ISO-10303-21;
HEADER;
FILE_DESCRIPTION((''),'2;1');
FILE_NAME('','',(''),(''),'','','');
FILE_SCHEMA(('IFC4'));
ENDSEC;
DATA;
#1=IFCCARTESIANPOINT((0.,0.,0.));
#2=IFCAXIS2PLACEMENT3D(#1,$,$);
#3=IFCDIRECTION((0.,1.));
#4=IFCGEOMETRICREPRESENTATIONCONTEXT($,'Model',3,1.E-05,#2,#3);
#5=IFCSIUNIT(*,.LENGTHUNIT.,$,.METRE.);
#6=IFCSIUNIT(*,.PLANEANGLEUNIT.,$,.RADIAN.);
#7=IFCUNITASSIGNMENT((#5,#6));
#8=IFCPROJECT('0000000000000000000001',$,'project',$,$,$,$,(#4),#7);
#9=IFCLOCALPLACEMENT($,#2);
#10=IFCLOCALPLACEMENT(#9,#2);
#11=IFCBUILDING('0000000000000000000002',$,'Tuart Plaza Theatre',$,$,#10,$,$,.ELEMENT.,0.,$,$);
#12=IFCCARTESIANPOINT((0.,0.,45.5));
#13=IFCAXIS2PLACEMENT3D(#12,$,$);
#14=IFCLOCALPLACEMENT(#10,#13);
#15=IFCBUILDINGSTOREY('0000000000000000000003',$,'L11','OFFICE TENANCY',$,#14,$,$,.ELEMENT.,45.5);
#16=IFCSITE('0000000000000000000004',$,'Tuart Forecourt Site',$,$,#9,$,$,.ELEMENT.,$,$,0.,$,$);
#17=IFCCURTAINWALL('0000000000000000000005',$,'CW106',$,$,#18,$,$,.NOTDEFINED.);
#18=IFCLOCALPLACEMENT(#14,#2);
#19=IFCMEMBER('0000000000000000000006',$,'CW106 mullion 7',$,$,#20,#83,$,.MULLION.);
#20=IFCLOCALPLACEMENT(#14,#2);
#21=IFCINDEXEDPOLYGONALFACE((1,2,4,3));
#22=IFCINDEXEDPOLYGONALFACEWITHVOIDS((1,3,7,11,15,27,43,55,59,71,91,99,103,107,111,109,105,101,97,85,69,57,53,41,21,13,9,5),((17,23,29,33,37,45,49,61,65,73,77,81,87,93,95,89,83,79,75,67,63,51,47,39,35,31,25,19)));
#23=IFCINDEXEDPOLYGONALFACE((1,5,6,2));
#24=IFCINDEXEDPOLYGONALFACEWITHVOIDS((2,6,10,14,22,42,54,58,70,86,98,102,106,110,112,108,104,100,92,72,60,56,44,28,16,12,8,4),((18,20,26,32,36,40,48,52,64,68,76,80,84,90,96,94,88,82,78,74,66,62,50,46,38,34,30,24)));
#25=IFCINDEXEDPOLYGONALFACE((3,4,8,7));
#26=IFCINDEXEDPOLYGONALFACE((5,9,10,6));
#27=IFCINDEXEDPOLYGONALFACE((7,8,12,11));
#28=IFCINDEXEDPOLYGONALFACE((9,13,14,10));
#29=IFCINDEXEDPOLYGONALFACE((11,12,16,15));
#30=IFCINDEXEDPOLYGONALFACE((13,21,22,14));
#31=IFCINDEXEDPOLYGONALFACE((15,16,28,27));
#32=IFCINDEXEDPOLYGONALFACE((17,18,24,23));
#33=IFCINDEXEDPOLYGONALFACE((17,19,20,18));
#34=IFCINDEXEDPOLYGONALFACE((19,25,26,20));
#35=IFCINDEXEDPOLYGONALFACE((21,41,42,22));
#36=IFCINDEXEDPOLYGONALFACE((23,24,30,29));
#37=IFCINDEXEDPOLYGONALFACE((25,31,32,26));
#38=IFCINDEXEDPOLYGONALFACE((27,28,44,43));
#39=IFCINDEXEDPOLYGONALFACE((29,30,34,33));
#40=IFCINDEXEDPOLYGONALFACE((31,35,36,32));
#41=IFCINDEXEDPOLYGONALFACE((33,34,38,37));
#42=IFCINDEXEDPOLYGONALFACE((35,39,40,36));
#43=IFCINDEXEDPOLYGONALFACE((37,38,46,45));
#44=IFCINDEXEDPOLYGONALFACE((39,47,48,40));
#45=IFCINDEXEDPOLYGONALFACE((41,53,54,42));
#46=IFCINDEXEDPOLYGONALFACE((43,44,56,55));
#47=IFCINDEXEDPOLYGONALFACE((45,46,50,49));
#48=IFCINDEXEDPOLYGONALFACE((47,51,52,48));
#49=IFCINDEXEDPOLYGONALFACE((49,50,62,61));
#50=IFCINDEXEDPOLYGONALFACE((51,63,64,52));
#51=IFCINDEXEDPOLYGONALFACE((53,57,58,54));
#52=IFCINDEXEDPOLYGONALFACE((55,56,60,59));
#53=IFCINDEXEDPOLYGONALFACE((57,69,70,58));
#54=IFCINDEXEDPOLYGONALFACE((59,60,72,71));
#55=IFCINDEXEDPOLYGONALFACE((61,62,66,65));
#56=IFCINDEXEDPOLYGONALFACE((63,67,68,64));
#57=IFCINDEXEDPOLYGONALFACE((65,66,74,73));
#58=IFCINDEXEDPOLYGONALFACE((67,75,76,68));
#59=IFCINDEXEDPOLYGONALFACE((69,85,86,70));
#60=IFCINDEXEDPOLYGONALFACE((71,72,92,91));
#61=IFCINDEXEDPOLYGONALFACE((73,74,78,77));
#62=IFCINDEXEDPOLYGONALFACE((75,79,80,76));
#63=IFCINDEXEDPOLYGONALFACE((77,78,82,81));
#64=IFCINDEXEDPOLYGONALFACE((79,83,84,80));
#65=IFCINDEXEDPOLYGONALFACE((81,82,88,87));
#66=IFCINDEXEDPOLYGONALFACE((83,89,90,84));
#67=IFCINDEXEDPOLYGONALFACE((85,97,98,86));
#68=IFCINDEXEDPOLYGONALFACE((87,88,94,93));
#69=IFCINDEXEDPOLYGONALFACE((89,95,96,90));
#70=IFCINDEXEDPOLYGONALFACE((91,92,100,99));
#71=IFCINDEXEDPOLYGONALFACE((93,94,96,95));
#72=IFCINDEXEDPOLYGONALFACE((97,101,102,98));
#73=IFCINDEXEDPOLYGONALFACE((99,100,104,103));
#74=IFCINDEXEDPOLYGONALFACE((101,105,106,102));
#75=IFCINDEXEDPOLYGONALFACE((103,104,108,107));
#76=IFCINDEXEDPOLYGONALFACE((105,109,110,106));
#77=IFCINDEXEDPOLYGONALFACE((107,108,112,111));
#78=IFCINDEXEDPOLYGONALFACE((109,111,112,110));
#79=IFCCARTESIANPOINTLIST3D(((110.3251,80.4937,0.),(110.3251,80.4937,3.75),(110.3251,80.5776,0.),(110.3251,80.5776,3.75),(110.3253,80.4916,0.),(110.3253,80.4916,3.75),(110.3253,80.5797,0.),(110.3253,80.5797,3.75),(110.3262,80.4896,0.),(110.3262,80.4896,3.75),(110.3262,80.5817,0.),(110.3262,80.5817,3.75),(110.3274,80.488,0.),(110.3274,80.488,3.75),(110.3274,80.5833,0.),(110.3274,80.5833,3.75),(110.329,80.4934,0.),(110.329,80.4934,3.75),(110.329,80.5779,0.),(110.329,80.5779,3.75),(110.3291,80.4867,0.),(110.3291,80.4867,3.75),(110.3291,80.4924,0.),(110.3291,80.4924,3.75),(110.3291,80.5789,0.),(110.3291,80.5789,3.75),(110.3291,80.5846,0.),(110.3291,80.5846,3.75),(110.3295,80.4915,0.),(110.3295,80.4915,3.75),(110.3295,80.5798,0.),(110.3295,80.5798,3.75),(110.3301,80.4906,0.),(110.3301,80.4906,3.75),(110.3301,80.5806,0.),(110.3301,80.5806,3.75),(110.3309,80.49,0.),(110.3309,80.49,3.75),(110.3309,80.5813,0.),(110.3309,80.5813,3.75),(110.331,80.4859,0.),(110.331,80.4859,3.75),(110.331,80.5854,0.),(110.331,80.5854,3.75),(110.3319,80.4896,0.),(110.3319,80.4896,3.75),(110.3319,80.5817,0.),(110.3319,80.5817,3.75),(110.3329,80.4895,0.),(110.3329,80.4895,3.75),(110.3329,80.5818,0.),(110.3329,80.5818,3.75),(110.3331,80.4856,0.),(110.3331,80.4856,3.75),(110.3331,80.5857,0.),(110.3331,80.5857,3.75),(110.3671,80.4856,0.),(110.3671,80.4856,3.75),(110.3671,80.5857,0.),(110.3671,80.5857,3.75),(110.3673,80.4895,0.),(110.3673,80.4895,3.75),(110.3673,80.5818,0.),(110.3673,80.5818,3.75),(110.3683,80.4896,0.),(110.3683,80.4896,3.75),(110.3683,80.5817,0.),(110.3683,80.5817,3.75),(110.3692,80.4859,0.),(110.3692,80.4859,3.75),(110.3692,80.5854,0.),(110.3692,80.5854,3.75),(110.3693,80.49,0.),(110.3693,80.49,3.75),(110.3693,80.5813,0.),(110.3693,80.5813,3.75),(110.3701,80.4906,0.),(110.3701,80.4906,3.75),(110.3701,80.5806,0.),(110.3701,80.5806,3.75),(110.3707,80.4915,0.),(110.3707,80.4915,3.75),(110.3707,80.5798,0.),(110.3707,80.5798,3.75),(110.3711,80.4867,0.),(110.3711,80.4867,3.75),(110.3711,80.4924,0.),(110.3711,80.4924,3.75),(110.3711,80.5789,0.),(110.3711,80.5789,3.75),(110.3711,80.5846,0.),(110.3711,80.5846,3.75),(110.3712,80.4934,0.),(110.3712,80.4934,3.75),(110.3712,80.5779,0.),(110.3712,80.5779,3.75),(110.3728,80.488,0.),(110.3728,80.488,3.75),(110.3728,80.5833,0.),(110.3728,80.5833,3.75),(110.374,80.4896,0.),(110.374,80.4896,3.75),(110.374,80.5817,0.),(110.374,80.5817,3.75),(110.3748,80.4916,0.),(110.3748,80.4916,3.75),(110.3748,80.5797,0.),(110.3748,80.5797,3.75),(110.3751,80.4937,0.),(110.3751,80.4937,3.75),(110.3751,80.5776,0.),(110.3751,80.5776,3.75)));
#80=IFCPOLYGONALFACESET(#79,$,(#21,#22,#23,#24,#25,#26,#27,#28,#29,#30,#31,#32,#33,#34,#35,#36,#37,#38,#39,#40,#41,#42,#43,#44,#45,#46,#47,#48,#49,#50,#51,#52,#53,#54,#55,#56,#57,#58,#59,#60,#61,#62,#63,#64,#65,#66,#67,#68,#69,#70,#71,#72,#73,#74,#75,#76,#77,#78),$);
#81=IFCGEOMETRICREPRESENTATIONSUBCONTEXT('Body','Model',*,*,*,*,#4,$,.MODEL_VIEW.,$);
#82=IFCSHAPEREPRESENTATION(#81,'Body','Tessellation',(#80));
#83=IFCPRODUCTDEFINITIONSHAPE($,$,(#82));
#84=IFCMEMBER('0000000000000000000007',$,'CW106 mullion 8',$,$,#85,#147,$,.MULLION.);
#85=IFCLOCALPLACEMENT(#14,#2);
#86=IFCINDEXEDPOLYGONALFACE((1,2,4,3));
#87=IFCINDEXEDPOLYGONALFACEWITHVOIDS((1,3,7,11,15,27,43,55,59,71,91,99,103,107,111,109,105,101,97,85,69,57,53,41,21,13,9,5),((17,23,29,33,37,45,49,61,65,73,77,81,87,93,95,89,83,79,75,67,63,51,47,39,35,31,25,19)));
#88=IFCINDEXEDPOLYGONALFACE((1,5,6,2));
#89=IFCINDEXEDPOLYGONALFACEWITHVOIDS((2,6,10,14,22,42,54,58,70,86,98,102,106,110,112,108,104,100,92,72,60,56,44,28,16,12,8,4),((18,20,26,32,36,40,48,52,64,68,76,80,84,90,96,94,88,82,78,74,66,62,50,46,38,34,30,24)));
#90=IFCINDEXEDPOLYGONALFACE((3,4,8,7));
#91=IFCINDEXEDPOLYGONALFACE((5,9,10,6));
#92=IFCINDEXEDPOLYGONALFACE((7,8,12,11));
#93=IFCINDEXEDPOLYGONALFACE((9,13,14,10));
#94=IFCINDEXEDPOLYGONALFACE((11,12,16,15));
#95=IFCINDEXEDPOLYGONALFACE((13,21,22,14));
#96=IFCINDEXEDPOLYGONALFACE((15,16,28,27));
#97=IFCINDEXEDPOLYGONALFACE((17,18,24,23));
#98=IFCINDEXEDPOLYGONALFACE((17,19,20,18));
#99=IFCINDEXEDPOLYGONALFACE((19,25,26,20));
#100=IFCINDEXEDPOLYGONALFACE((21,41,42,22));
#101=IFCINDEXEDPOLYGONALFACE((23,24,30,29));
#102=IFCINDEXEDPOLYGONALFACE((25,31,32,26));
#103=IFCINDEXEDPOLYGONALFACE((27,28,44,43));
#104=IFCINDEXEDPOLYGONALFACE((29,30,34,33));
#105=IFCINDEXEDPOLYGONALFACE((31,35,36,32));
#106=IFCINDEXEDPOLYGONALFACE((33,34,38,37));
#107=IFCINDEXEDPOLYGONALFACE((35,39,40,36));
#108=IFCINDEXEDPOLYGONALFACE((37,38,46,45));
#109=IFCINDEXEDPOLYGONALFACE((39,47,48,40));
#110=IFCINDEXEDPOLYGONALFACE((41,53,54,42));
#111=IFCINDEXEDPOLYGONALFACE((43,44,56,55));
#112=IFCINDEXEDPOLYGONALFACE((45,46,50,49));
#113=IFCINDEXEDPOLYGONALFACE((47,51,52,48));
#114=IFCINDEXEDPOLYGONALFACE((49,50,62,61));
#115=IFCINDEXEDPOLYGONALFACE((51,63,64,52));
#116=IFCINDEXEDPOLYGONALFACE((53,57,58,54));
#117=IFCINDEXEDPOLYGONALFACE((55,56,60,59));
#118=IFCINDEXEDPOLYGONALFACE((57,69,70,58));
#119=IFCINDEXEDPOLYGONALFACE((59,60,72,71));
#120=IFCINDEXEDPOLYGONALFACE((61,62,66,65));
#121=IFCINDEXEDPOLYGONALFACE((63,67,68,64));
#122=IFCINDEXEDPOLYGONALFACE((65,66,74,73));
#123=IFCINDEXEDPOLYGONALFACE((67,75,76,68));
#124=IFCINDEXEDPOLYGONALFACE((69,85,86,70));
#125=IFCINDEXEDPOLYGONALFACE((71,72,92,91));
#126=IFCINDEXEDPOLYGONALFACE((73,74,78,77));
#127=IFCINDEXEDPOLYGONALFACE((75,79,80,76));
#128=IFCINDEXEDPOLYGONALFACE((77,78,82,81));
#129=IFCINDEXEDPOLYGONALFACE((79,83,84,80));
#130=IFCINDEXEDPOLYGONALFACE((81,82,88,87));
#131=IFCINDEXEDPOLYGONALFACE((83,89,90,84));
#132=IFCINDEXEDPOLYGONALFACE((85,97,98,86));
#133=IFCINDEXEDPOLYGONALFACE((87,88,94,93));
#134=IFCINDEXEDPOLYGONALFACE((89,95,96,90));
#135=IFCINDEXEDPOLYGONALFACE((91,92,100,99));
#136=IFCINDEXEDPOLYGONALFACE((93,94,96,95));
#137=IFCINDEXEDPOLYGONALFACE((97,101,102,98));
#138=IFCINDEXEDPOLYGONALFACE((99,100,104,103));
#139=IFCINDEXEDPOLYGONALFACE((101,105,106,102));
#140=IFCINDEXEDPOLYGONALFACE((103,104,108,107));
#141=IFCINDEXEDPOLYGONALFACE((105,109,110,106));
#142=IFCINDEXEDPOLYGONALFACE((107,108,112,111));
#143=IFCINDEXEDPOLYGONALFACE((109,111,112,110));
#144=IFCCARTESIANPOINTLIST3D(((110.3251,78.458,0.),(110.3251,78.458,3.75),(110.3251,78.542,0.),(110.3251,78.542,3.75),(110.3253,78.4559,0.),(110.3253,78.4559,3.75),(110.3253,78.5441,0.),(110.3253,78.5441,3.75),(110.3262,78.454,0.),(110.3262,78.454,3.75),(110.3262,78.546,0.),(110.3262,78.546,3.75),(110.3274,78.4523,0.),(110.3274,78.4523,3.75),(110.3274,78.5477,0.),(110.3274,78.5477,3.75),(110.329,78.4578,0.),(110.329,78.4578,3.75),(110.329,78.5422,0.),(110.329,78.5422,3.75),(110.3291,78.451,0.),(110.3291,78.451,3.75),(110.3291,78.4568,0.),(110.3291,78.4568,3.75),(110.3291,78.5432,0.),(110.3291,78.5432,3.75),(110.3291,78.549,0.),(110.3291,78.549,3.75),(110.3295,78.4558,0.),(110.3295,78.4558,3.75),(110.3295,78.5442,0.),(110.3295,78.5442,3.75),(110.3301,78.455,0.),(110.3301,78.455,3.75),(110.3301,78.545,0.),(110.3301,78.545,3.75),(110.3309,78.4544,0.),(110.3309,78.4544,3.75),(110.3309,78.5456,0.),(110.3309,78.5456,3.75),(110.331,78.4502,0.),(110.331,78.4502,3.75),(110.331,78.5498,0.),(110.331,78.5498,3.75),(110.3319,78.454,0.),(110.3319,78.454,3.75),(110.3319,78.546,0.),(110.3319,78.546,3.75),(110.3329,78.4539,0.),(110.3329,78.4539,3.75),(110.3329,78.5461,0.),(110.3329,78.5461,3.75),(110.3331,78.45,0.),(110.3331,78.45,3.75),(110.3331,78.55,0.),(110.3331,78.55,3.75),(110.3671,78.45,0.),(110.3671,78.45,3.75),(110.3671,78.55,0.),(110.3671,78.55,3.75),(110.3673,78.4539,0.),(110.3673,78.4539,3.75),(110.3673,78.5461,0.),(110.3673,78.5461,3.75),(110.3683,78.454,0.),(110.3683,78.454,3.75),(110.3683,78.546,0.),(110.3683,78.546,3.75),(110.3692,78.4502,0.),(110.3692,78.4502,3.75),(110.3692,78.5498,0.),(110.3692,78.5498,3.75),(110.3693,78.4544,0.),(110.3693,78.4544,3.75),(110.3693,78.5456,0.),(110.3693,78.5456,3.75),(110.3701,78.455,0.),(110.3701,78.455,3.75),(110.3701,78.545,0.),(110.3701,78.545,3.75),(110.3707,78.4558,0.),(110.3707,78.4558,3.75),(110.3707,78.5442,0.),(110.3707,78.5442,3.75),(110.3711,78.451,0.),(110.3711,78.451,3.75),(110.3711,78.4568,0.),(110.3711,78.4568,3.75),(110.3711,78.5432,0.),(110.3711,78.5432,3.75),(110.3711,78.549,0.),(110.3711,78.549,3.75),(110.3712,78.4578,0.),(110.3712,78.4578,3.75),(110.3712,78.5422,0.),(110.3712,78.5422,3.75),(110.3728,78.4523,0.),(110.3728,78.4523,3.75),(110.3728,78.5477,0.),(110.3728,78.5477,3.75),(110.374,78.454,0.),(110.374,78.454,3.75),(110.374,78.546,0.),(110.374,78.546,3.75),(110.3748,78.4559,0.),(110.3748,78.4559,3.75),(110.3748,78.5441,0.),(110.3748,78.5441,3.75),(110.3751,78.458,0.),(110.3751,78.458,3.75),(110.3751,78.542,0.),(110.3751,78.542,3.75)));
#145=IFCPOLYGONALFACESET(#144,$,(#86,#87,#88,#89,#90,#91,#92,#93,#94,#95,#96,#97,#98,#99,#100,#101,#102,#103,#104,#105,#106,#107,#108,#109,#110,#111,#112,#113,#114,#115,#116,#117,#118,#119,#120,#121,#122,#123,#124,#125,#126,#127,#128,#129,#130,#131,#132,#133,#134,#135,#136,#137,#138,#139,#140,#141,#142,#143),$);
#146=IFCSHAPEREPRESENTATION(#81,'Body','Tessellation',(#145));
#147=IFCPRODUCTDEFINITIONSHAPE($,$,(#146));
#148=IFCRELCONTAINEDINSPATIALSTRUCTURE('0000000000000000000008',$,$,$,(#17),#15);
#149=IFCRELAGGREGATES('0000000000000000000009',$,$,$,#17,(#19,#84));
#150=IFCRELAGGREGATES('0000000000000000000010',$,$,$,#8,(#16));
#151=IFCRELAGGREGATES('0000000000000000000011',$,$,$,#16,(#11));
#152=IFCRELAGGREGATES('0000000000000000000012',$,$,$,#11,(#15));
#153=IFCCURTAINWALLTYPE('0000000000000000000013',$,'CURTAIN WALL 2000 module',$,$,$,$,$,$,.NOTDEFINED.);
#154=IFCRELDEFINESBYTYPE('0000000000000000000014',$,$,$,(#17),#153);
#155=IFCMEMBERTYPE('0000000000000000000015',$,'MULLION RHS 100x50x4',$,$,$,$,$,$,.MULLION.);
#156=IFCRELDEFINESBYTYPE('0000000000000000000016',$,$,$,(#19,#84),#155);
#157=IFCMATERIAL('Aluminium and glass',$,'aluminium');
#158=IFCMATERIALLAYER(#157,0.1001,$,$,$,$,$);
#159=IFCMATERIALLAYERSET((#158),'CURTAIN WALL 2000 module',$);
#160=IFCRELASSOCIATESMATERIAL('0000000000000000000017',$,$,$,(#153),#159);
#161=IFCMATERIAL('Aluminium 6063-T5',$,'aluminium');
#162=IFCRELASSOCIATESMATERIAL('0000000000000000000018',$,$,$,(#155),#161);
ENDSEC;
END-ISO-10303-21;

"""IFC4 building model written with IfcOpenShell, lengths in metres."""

from ifc_helpers import new_model, si_unit, direction, frame, origin, origin_2d, place, context, subcontext, project, spatial, hollow_rectangle, extrude, material, layer, layer_set, material_profile, profile_set, type_object, element, aggregate, save


model = new_model("IFC4")

# Units and contexts
model_context = context("Model", 3, precision=1e-05, world=origin(), true_north=direction((0.0, 1.0)))
body_context = subcontext(model_context, "Body", "Model", "MODEL_VIEW")
ifc_project = project(units=[si_unit("LENGTHUNIT", "METRE"), si_unit("PLANEANGLEUNIT", "RADIAN")], contexts=[model_context])

# Site, building, storey
site_placement = place(None, origin())
site = spatial("IfcSite", under=ifc_project, at=site_placement, Name="Tuart Forecourt Site", CompositionType="ELEMENT", RefElevation=0.0)
building_placement = place(site_placement, origin())
building = spatial("IfcBuilding", under=site, at=building_placement, Name="Tuart Plaza Theatre", CompositionType="ELEMENT", ElevationOfRefHeight=0.0)
storey_placement = place(building_placement, frame((0.0, 0.0, 45.5)))
storey = spatial("IfcBuildingStorey", under=building, at=storey_placement, Name="L11", Description="OFFICE TENANCY", CompositionType="ELEMENT", Elevation=45.5)

# Curtain wall, members
ifc_material_1 = material(Name="Aluminium and glass", Category="aluminium")
ifc_layer_1 = layer(ifc_material_1, 0.1001)
ifc_layer_set_1 = layer_set([ifc_layer_1], Name="CURTAIN WALL 2000 module")
curtain_wall_type = type_object("IfcCurtainWallType", Name="CURTAIN WALL 2000 module", PredefinedType="NOTDEFINED", material=ifc_layer_set_1)
curtain_wall_placement = place(storey_placement, origin())
curtain_wall = element("IfcCurtainWall", 1, at=curtain_wall_placement, inside=storey, type_object=curtain_wall_type, Name="CW106", PredefinedType="NOTDEFINED")
ifc_material_2 = material(Name="Aluminium 6063-T5", Category="aluminium")
ifc_material_profile_1 = material_profile(ifc_material_2, hollow_rectangle(XDim=0.05, YDim=0.1001, WallThickness=0.0039, InnerFilletRadius=0.0039, OuterFilletRadius=0.0081, at=origin_2d()), Name="RHS 100x50x4")
ifc_profile_set_1 = profile_set([ifc_material_profile_1], Name="Aluminium 6063-T5")
member_type_1 = type_object("IfcMemberType", Name="MULLION RHS 100x50x4", PredefinedType="MULLION", material=ifc_profile_set_1)
member_1_placement = place(storey_placement, frame((110.3501, 80.5356, 0.0), z_axis=(0.0, 0.0, 1.0), x_axis=(1.0, 0.0, 0.0)))
member_1 = element("IfcMember", 2, at=member_1_placement, type_object=member_type_1, Name="CW106 mullion 7", PredefinedType="MULLION", context=body_context, shape_type="SweptSolid", body=[
    extrude(hollow_rectangle(XDim=0.05, YDim=0.1001, WallThickness=0.0039, InnerFilletRadius=0.0039, OuterFilletRadius=0.0081, at=origin_2d()), origin(), (0.0, 0.0, 1.0), 3.75),
])
member_2_placement = place(storey_placement, frame((110.3501, 78.5, 0.0), z_axis=(0.0, 0.0, 1.0), x_axis=(1.0, 0.0, 0.0)))
member_2 = element("IfcMember", 3, at=member_2_placement, type_object=member_type_1, Name="CW106 mullion 8", PredefinedType="MULLION", context=body_context, shape_type="SweptSolid", body=[
    extrude(hollow_rectangle(XDim=0.05, YDim=0.1001, WallThickness=0.0039, InnerFilletRadius=0.0039, OuterFilletRadius=0.0081, at=origin_2d()), origin(), (0.0, 0.0, 1.0), 3.75),
])
aggregate(curtain_wall, [member_1, member_2])

save(model, "model.ifc")
